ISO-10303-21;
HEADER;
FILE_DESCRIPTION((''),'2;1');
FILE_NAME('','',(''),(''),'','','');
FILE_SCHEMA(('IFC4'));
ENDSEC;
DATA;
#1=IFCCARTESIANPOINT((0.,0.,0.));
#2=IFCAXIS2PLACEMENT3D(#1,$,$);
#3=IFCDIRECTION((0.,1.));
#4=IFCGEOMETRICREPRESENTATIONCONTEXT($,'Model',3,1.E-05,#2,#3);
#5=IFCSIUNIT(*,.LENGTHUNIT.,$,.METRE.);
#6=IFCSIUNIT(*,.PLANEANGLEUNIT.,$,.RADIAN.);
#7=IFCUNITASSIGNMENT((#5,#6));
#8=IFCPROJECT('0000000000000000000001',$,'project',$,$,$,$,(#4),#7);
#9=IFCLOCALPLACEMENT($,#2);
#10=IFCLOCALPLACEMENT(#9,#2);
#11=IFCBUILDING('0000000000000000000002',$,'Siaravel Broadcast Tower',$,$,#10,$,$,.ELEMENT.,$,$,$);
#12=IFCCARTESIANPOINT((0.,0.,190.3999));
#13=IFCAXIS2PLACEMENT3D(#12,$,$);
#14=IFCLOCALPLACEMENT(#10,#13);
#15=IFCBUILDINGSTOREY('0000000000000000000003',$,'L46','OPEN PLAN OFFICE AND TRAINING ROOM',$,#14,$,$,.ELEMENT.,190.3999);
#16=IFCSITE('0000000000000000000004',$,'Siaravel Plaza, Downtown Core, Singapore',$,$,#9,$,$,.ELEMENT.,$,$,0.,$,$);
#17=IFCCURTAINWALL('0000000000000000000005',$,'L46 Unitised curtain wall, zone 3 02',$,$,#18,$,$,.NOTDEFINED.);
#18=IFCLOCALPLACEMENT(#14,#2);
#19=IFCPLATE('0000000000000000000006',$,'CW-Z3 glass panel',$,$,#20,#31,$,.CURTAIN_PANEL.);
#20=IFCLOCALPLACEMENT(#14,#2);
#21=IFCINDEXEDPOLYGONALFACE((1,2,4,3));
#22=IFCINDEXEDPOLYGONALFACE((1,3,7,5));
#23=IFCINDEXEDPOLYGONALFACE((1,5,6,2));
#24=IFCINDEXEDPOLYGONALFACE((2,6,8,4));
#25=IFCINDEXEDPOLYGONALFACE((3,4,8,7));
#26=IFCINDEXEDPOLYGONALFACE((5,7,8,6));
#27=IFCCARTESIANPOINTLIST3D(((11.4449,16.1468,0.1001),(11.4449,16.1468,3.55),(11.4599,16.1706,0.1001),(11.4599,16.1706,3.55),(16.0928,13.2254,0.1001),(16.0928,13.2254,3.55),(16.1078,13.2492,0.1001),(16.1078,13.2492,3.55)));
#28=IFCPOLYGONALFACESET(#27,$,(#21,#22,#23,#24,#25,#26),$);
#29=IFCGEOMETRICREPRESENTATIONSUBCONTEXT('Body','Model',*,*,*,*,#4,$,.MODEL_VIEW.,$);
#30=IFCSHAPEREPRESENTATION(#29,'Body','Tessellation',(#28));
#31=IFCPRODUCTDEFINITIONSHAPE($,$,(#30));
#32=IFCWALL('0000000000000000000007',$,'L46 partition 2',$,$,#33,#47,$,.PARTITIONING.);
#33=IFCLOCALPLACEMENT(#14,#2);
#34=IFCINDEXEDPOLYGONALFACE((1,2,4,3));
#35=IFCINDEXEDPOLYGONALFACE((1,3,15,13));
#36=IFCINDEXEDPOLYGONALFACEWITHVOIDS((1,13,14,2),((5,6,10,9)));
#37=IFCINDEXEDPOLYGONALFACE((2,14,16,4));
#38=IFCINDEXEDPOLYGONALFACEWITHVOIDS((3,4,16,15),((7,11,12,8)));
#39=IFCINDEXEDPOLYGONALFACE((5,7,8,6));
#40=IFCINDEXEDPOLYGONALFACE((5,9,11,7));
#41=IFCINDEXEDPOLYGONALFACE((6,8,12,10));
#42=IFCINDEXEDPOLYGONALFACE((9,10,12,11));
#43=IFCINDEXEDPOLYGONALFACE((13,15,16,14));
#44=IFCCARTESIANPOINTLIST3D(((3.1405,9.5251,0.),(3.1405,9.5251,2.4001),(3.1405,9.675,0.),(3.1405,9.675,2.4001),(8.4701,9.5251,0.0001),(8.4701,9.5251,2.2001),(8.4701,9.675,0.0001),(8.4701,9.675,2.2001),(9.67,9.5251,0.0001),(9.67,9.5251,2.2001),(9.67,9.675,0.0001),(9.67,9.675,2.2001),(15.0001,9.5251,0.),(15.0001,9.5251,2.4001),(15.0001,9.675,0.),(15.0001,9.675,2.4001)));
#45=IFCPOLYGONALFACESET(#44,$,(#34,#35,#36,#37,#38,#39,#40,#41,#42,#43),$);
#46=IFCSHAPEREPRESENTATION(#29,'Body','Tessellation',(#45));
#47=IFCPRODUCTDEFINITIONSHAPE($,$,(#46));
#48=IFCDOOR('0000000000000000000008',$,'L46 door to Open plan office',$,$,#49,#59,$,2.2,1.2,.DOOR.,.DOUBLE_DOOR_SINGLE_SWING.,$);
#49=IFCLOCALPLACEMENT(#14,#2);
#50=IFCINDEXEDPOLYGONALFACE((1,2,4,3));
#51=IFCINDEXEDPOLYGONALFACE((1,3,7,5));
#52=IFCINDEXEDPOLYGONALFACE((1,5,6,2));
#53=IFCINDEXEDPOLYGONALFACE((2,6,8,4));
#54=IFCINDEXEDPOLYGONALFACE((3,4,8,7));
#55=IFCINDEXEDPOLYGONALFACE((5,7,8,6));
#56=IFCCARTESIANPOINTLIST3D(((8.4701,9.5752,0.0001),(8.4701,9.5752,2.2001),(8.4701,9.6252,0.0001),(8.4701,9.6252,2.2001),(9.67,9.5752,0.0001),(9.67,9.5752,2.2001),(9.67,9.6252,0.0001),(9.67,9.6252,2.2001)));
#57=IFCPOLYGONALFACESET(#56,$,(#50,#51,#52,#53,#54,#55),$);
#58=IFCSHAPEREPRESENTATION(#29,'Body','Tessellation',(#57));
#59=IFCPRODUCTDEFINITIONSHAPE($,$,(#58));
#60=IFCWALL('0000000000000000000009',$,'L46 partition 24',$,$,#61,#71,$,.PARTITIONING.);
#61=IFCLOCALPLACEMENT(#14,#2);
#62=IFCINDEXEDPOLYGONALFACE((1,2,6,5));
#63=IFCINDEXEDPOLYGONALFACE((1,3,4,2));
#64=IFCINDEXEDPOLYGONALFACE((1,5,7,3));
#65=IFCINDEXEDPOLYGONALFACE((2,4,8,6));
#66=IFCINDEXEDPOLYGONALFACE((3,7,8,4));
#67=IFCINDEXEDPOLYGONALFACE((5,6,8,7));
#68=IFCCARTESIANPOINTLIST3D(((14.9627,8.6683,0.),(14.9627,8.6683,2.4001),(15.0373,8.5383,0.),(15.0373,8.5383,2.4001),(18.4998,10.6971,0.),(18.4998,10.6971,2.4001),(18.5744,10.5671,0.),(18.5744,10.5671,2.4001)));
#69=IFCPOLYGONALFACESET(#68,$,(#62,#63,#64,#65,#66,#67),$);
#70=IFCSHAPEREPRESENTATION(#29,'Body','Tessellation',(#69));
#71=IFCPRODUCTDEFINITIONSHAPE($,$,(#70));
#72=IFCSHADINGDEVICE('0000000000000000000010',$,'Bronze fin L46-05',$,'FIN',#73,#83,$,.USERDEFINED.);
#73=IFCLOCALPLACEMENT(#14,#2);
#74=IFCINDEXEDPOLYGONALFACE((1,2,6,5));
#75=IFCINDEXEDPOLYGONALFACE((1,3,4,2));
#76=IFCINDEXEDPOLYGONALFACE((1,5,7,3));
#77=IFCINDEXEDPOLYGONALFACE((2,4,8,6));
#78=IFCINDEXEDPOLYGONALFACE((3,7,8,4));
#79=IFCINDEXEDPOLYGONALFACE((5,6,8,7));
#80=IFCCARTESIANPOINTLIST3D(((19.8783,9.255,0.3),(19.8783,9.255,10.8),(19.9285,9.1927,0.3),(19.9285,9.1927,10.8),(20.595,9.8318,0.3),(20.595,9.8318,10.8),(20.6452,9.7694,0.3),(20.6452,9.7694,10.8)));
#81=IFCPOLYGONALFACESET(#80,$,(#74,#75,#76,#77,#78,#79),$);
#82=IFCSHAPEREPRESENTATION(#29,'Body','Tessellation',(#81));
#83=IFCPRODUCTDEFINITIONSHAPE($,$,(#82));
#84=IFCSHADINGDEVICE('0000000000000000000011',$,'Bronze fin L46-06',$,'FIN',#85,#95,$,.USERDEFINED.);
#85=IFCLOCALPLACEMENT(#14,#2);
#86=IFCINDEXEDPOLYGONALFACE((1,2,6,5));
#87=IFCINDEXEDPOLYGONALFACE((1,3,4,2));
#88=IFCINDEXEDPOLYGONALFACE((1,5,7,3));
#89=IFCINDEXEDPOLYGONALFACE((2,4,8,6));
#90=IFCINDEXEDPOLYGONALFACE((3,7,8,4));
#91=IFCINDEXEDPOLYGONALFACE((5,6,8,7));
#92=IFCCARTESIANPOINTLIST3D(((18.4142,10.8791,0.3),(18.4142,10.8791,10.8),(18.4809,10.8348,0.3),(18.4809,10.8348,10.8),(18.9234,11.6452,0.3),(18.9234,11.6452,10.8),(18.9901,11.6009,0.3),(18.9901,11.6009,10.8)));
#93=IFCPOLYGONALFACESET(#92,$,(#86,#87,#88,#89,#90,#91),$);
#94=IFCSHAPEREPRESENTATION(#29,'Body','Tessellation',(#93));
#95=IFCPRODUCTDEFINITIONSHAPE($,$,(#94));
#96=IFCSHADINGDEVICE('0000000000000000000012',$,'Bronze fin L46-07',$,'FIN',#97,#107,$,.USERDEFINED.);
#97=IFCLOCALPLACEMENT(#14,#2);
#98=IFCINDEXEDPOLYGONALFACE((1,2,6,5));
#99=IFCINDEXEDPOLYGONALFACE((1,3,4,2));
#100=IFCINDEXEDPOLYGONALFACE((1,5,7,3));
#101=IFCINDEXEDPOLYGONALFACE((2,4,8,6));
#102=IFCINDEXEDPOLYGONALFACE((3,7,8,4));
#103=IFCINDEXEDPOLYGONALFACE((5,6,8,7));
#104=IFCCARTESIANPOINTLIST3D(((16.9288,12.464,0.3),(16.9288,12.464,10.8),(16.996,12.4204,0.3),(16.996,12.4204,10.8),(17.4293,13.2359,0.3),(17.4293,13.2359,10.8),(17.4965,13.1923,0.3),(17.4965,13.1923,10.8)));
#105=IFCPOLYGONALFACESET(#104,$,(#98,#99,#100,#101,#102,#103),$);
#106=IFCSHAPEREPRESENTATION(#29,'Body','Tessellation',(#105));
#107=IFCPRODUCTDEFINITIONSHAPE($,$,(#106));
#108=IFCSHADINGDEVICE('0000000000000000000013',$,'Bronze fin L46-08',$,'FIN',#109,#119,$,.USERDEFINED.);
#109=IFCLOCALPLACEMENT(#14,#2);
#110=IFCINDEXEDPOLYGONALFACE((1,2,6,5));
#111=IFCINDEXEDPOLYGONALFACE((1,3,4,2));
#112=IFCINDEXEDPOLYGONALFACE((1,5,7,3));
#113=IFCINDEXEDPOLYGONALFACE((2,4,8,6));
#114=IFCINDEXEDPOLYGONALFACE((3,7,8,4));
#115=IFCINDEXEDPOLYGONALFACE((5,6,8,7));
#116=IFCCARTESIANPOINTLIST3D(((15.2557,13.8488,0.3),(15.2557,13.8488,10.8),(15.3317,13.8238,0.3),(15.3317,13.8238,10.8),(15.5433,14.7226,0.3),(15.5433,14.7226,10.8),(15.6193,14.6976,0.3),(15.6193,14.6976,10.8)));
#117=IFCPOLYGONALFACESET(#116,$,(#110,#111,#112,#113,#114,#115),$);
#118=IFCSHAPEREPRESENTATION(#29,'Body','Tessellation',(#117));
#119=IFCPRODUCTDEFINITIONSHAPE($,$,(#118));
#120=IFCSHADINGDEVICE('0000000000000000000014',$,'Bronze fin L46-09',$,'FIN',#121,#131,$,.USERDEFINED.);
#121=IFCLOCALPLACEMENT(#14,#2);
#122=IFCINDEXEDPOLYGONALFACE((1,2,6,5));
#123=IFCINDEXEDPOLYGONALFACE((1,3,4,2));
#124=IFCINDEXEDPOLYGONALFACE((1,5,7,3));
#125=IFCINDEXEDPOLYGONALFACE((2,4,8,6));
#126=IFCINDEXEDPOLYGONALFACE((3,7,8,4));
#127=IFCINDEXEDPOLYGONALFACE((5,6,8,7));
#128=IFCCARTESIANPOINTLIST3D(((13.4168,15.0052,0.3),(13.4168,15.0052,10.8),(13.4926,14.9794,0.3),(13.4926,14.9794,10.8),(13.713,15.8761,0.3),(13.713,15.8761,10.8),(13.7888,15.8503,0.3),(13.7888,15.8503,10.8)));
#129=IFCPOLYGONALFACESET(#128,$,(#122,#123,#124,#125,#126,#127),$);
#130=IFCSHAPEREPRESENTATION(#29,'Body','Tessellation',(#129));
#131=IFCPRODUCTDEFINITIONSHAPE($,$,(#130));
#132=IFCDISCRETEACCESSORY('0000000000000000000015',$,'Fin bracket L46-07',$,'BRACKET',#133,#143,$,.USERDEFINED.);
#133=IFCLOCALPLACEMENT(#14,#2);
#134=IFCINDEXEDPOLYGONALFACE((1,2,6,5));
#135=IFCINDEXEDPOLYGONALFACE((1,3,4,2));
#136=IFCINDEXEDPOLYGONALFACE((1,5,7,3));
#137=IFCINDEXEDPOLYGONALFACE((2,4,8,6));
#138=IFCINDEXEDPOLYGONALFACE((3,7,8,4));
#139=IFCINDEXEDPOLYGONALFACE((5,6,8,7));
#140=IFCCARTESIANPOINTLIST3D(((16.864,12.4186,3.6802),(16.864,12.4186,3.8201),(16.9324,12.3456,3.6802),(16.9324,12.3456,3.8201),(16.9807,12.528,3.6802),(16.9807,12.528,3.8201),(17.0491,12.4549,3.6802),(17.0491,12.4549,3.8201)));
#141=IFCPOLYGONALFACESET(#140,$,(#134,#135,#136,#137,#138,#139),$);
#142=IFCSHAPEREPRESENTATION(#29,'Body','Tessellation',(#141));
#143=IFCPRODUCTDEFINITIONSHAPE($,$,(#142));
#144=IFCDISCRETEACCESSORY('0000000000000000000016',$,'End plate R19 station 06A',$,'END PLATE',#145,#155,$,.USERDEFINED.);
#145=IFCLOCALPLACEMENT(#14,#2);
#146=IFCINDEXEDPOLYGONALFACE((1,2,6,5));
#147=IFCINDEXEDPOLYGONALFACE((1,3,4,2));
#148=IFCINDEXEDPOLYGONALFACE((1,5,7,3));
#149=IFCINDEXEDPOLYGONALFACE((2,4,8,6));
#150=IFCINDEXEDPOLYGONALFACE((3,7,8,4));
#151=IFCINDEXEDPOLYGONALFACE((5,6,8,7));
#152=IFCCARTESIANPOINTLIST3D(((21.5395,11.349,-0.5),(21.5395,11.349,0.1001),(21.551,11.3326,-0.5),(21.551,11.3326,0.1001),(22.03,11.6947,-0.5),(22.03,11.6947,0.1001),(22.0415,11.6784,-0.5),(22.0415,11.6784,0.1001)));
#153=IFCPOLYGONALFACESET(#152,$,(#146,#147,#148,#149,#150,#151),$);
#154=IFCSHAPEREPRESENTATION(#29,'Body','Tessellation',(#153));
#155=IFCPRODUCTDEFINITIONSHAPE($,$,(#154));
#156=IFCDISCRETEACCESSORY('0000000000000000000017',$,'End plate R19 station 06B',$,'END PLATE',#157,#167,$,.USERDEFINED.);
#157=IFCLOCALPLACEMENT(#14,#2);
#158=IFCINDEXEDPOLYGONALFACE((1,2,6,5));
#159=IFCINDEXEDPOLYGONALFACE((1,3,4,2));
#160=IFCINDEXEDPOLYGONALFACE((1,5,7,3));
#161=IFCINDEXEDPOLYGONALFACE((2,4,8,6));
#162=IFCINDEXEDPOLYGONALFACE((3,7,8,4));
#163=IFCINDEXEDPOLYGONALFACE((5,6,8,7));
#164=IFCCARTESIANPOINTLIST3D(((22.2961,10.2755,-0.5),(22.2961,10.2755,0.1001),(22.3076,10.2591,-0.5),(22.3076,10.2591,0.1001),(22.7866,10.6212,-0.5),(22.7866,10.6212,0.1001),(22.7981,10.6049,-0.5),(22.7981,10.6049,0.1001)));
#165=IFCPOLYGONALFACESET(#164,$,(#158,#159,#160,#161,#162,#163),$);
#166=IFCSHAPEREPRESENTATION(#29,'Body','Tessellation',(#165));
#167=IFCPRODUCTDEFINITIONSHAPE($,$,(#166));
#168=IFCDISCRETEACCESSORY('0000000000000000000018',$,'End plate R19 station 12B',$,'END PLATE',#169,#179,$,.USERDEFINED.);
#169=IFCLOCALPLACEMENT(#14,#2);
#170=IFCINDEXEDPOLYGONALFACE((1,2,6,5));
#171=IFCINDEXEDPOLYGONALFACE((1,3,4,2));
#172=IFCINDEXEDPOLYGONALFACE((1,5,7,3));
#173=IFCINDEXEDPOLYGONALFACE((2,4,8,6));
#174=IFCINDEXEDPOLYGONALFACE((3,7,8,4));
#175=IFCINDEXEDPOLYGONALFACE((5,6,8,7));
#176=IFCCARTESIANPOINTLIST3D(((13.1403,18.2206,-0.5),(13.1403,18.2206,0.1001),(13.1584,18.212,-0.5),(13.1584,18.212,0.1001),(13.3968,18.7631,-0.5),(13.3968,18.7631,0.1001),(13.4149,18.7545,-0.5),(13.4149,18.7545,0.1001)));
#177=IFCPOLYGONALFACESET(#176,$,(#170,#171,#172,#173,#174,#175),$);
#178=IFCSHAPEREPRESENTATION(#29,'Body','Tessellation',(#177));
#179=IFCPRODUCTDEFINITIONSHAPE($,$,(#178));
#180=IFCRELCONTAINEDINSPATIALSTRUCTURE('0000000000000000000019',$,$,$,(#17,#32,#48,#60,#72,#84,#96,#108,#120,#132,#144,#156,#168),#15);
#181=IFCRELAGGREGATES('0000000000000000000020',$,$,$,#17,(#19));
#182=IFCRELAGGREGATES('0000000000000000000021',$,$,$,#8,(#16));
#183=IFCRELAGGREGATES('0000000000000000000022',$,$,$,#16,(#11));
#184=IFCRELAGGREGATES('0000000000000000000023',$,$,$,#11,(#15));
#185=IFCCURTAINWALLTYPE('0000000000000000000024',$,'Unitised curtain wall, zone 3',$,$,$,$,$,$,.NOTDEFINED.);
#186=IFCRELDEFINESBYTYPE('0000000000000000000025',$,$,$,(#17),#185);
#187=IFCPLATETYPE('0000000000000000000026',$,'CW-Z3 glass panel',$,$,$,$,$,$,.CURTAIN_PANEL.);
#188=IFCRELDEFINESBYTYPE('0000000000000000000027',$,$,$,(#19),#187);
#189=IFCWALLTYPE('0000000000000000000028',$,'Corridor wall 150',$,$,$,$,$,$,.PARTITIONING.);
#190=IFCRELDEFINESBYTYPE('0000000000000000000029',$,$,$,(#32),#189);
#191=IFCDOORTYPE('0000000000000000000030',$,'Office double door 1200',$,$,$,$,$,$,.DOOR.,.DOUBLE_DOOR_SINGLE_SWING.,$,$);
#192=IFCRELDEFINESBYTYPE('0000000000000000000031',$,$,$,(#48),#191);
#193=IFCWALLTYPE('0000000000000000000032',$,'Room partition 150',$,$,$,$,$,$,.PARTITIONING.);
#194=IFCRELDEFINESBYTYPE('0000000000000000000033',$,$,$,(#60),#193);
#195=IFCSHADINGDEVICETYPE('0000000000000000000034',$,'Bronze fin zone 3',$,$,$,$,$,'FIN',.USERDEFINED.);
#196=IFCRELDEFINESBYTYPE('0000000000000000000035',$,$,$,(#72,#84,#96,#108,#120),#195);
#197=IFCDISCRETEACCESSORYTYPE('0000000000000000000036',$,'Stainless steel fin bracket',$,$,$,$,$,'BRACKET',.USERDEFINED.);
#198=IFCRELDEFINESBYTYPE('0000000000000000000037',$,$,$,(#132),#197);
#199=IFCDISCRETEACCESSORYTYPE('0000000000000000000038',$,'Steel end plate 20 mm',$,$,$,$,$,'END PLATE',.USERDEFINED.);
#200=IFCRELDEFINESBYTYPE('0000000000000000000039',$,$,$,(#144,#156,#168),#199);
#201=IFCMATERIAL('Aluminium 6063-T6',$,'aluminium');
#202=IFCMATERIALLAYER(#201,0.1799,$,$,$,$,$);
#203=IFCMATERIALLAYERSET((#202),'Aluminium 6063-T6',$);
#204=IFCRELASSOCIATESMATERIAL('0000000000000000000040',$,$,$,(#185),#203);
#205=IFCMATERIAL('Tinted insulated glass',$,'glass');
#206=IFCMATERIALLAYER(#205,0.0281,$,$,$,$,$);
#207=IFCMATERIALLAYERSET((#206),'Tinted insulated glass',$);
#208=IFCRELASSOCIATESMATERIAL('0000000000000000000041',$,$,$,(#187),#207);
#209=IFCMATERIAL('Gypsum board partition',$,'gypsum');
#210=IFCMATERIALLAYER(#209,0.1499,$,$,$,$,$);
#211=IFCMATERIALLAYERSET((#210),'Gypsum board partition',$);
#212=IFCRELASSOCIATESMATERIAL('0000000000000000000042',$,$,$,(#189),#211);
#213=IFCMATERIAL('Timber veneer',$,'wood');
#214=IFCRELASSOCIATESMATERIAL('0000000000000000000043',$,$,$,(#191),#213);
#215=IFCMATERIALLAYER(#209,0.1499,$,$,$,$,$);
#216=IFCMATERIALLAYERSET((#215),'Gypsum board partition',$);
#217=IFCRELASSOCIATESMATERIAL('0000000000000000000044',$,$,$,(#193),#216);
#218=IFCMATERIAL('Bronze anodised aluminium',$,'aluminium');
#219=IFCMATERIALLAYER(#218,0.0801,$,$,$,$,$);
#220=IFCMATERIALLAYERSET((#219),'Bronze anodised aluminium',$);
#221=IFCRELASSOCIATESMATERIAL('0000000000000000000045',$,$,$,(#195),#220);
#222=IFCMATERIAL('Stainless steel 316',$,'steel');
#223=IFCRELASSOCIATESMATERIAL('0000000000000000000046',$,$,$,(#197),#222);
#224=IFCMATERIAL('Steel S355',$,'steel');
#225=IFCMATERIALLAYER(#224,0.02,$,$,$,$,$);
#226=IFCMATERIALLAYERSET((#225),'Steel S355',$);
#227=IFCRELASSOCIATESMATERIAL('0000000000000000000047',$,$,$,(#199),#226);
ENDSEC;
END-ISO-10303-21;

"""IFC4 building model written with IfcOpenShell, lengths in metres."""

from ifc_helpers import new_model, si_unit, direction, frame, frame_2d, origin, origin_2d, place, context, subcontext, project, spatial, rectangle, extrude, material, layer, layer_set, type_object, element, fill, aggregate, save


model = new_model("IFC4")

# Units and contexts
model_context = context("Model", 3, precision=1e-05, world=origin(), true_north=direction((0.0, 1.0)))
body_context = subcontext(model_context, "Body", "Model", "MODEL_VIEW")
ifc_project = project(units=[si_unit("LENGTHUNIT", "METRE"), si_unit("PLANEANGLEUNIT", "RADIAN")], contexts=[model_context])

# Site, building, storey
site_placement = place(None, origin())
site = spatial("IfcSite", under=ifc_project, at=site_placement, Name="Siaravel Plaza, Downtown Core, Singapore", CompositionType="ELEMENT", RefElevation=0.0)
building_placement = place(site_placement, origin())
building = spatial("IfcBuilding", under=site, at=building_placement, Name="Siaravel Broadcast Tower", CompositionType="ELEMENT")
storey_placement = place(building_placement, frame((0.0, 0.0, 190.3999)))
storey = spatial("IfcBuildingStorey", under=building, at=storey_placement, Name="L46", Description="OPEN PLAN OFFICE AND TRAINING ROOM", CompositionType="ELEMENT", Elevation=190.3999)

# Shared definitions
ifc_material_1 = material(Name="Steel S355", Category="steel")

# Shared definitions
ifc_material_2 = material(Name="Aluminium 6063-T6", Category="aluminium")
ifc_layer_1 = layer(ifc_material_2, 0.1799)
ifc_layer_set_1 = layer_set([ifc_layer_1], Name="Aluminium 6063-T6")
curtain_wall_type = type_object("IfcCurtainWallType", Name="Unitised curtain wall, zone 3", PredefinedType="NOTDEFINED", material=ifc_layer_set_1)

# Curtain wall
curtain_wall_1_placement = place(storey_placement, origin())
curtain_wall_1 = element("IfcCurtainWall", 1, at=curtain_wall_1_placement, inside=storey, type_object=curtain_wall_type, Name="L46 Unitised curtain wall, zone 3 02", PredefinedType="NOTDEFINED")

# Plate
ifc_material_3 = material(Name="Tinted insulated glass", Category="glass")
ifc_layer_2 = layer(ifc_material_3, 0.0281)
ifc_layer_set_2 = layer_set([ifc_layer_2], Name="Tinted insulated glass")
plate_type = type_object("IfcPlateType", Name="CW-Z3 glass panel", PredefinedType="CURTAIN_PANEL", material=ifc_layer_set_2)
plate_1_placement = place(storey_placement, frame((13.7764, 14.698, 0.1001), z_axis=(0.0, 0.0, 1.0), x_axis=(-0.846651, 0.532149, 0.0)))
plate_1 = element("IfcPlate", 2, at=plate_1_placement, type_object=plate_type, Name="CW-Z3 glass panel", PredefinedType="CURTAIN_PANEL", context=body_context, shape_type="SweptSolid", body=[
    extrude(rectangle(XDim=5.4897, YDim=0.0281, at=origin_2d()), origin(), (0.0, 0.0, 1.0), 3.45),
])
aggregate(curtain_wall_1, [plate_1])

# Wall, opening, door
ifc_material_4 = material(Name="Gypsum board partition", Category="gypsum")
ifc_layer_3 = layer(ifc_material_4, 0.1499)
ifc_layer_set_3 = layer_set([ifc_layer_3], Name="Gypsum board partition")
wall_type_1 = type_object("IfcWallType", Name="Corridor wall 150", PredefinedType="PARTITIONING", material=ifc_layer_set_3)
wall_1_placement = place(storey_placement, frame((15.0, 9.6001, 0.0), z_axis=(0.0, 0.0, 1.0), x_axis=(-1.0, 0.0, 0.0)))
wall_1 = element("IfcWall", 3, at=wall_1_placement, inside=storey, type_object=wall_type_1, Name="L46 partition 2", PredefinedType="PARTITIONING", context=body_context, shape_type="SweptSolid", body=[
    extrude(rectangle(XDim=11.8596, YDim=0.1499, at=frame_2d((5.9297, 0.0))), origin(), (0.0, 0.0, 1.0), 2.4001),
])
opening_placement = place(wall_1_placement, frame((5.3298, 0.0, 0.0)))
opening = element("IfcOpeningElement", 4, at=opening_placement, cuts=wall_1, PredefinedType="OPENING", context=body_context, shape_type="SweptSolid", body=[
    extrude(rectangle(XDim=1.2, YDim=2.2, at=frame_2d((0.6001, 1.1001))), frame((0.0, 0.085, 0.0), z_axis=(0.0, -1.0, 0.0), x_axis=(1.0, 0.0, 0.0)), (0.0, 0.0, 1.0), 0.1699),
])
ifc_material_5 = material(Name="Timber veneer", Category="wood")
door_type = type_object("IfcDoorType", Name="Office double door 1200", OperationType="DOUBLE_DOOR_SINGLE_SWING", PredefinedType="DOOR", material=ifc_material_5)
door_placement = place(opening_placement, origin())
door = element("IfcDoor", 5, at=door_placement, inside=storey, type_object=door_type, Name="L46 door to Open plan office", OperationType="DOUBLE_DOOR_SINGLE_SWING", OverallHeight=2.2, OverallWidth=1.2, PredefinedType="DOOR", context=body_context, shape_type="SweptSolid", body=[
    extrude(rectangle(XDim=1.2, YDim=2.2, at=frame_2d((0.6001, 1.1001))), frame((0.0, 0.0249, 0.0), z_axis=(0.0, -1.0, 0.0), x_axis=(1.0, 0.0, 0.0)), (0.0, 0.0, 1.0), 0.05),
])
fill(opening, door)

# Wall
ifc_layer_4 = layer(ifc_material_4, 0.1499)
ifc_layer_set_4 = layer_set([ifc_layer_4], Name="Gypsum board partition")
wall_type_2 = type_object("IfcWallType", Name="Room partition 150", PredefinedType="PARTITIONING", material=ifc_layer_set_4)
wall_2_placement = place(storey_placement, frame((18.5371, 10.6321, 0.0), z_axis=(0.0, 0.0, 1.0), x_axis=(-0.867439, -0.497544, 0.0)))
element("IfcWall", 6, at=wall_2_placement, inside=storey, type_object=wall_type_2, Name="L46 partition 24", PredefinedType="PARTITIONING", context=body_context, shape_type="SweptSolid", body=[
    extrude(rectangle(XDim=4.0776, YDim=0.1499, at=frame_2d((2.0388, 0.0))), origin(), (0.0, 0.0, 1.0), 2.4001),
])

# Shading devices
ifc_material_6 = material(Name="Bronze anodised aluminium", Category="aluminium")
ifc_layer_5 = layer(ifc_material_6, 0.0801)
ifc_layer_set_5 = layer_set([ifc_layer_5], Name="Bronze anodised aluminium")
shading_device_type = type_object("IfcShadingDeviceType", Name="Bronze fin zone 3", ElementType="FIN", PredefinedType="USERDEFINED", material=ifc_layer_set_5)
for number, where, z_axis, x_axis, name in (
    (7, (20.2617, 9.5122, 0.3), (0.0, 0.0, 1.0), (0.779085, 0.626918, 0.0), "Bronze fin L46-05"),
    (8, (18.7021, 11.24, 0.3), (0.0, 0.0, 1.0), (0.55353, 0.832829, 0.0), "Bronze fin L46-06"),
    (9, (17.2126, 12.8281, 0.3), (0.0, 0.0, 1.0), (0.543999, 0.839086, 0.0), "Bronze fin L46-07"),
    (10, (15.4375, 14.2732, 0.3), (0.0, 0.0, 1.0), (0.312613, 0.94988, 0.0), "Bronze fin L46-08"),
    (11, (13.6028, 15.4277, 0.3), (0.0, 0.0, 1.0), (0.32199, 0.946743, 0.0), "Bronze fin L46-09"),
):
    element("IfcShadingDevice", number, at=place(storey_placement, frame(where, z_axis=z_axis, x_axis=x_axis)), inside=storey, type_object=shading_device_type, Name=name, ObjectType="FIN", PredefinedType="USERDEFINED", context=body_context, shape_type="SweptSolid", body=[
        extrude(rectangle(XDim=0.9199, YDim=0.0801, at=origin_2d()), origin(), (0.0, 0.0, 1.0), 10.5),
    ])

# Discrete accessories
ifc_material_7 = material(Name="Stainless steel 316", Category="steel")
discrete_accessory_type_1 = type_object("IfcDiscreteAccessoryType", Name="Stainless steel fin bracket", ElementType="BRACKET", PredefinedType="USERDEFINED", material=ifc_material_7)
discrete_accessory_placement = place(storey_placement, frame((16.9565, 12.4368, 3.6802), z_axis=(0.0, 0.0, 1.0), x_axis=(0.729806, 0.683655, 0.0)))
element("IfcDiscreteAccessory", 12, at=discrete_accessory_placement, inside=storey, type_object=discrete_accessory_type_1, Name="Fin bracket L46-07", ObjectType="BRACKET", PredefinedType="USERDEFINED", context=body_context, shape_type="SweptSolid", body=[
    extrude(rectangle(XDim=0.1599, YDim=0.1001, at=origin_2d()), origin(), (0.0, 0.0, 1.0), 0.1399),
])
ifc_layer_6 = layer(ifc_material_1, 0.02)
ifc_layer_set_6 = layer_set([ifc_layer_6], Name="Steel S355")
discrete_accessory_type_2 = type_object("IfcDiscreteAccessoryType", Name="Steel end plate 20 mm", ElementType="END PLATE", PredefinedType="USERDEFINED", material=ifc_layer_set_6)
for number, where, z_axis, x_axis, name in (
    (13, (21.7905, 11.5137, -0.5), (0.0, 0.0, 1.0), (-0.57612, 0.817365, 0.0), "End plate R19 station 06A"),
    (14, (22.5471, 10.4402, -0.5), (0.0, 0.0, 1.0), (-0.57612, 0.817365, 0.0), "End plate R19 station 06B"),
    (15, (13.2776, 18.4875, -0.5), (0.0, 0.0, 1.0), (-0.904007, 0.427517, 0.0), "End plate R19 station 12B"),
):
    element("IfcDiscreteAccessory", number, at=place(storey_placement, frame(where, z_axis=z_axis, x_axis=x_axis)), inside=storey, type_object=discrete_accessory_type_2, Name=name, ObjectType="END PLATE", PredefinedType="USERDEFINED", context=body_context, shape_type="SweptSolid", body=[
        extrude(rectangle(XDim=0.02, YDim=0.6001, at=origin_2d()), origin(), (0.0, 0.0, 1.0), 0.6001),
    ])

save(model, "model.ifc")
